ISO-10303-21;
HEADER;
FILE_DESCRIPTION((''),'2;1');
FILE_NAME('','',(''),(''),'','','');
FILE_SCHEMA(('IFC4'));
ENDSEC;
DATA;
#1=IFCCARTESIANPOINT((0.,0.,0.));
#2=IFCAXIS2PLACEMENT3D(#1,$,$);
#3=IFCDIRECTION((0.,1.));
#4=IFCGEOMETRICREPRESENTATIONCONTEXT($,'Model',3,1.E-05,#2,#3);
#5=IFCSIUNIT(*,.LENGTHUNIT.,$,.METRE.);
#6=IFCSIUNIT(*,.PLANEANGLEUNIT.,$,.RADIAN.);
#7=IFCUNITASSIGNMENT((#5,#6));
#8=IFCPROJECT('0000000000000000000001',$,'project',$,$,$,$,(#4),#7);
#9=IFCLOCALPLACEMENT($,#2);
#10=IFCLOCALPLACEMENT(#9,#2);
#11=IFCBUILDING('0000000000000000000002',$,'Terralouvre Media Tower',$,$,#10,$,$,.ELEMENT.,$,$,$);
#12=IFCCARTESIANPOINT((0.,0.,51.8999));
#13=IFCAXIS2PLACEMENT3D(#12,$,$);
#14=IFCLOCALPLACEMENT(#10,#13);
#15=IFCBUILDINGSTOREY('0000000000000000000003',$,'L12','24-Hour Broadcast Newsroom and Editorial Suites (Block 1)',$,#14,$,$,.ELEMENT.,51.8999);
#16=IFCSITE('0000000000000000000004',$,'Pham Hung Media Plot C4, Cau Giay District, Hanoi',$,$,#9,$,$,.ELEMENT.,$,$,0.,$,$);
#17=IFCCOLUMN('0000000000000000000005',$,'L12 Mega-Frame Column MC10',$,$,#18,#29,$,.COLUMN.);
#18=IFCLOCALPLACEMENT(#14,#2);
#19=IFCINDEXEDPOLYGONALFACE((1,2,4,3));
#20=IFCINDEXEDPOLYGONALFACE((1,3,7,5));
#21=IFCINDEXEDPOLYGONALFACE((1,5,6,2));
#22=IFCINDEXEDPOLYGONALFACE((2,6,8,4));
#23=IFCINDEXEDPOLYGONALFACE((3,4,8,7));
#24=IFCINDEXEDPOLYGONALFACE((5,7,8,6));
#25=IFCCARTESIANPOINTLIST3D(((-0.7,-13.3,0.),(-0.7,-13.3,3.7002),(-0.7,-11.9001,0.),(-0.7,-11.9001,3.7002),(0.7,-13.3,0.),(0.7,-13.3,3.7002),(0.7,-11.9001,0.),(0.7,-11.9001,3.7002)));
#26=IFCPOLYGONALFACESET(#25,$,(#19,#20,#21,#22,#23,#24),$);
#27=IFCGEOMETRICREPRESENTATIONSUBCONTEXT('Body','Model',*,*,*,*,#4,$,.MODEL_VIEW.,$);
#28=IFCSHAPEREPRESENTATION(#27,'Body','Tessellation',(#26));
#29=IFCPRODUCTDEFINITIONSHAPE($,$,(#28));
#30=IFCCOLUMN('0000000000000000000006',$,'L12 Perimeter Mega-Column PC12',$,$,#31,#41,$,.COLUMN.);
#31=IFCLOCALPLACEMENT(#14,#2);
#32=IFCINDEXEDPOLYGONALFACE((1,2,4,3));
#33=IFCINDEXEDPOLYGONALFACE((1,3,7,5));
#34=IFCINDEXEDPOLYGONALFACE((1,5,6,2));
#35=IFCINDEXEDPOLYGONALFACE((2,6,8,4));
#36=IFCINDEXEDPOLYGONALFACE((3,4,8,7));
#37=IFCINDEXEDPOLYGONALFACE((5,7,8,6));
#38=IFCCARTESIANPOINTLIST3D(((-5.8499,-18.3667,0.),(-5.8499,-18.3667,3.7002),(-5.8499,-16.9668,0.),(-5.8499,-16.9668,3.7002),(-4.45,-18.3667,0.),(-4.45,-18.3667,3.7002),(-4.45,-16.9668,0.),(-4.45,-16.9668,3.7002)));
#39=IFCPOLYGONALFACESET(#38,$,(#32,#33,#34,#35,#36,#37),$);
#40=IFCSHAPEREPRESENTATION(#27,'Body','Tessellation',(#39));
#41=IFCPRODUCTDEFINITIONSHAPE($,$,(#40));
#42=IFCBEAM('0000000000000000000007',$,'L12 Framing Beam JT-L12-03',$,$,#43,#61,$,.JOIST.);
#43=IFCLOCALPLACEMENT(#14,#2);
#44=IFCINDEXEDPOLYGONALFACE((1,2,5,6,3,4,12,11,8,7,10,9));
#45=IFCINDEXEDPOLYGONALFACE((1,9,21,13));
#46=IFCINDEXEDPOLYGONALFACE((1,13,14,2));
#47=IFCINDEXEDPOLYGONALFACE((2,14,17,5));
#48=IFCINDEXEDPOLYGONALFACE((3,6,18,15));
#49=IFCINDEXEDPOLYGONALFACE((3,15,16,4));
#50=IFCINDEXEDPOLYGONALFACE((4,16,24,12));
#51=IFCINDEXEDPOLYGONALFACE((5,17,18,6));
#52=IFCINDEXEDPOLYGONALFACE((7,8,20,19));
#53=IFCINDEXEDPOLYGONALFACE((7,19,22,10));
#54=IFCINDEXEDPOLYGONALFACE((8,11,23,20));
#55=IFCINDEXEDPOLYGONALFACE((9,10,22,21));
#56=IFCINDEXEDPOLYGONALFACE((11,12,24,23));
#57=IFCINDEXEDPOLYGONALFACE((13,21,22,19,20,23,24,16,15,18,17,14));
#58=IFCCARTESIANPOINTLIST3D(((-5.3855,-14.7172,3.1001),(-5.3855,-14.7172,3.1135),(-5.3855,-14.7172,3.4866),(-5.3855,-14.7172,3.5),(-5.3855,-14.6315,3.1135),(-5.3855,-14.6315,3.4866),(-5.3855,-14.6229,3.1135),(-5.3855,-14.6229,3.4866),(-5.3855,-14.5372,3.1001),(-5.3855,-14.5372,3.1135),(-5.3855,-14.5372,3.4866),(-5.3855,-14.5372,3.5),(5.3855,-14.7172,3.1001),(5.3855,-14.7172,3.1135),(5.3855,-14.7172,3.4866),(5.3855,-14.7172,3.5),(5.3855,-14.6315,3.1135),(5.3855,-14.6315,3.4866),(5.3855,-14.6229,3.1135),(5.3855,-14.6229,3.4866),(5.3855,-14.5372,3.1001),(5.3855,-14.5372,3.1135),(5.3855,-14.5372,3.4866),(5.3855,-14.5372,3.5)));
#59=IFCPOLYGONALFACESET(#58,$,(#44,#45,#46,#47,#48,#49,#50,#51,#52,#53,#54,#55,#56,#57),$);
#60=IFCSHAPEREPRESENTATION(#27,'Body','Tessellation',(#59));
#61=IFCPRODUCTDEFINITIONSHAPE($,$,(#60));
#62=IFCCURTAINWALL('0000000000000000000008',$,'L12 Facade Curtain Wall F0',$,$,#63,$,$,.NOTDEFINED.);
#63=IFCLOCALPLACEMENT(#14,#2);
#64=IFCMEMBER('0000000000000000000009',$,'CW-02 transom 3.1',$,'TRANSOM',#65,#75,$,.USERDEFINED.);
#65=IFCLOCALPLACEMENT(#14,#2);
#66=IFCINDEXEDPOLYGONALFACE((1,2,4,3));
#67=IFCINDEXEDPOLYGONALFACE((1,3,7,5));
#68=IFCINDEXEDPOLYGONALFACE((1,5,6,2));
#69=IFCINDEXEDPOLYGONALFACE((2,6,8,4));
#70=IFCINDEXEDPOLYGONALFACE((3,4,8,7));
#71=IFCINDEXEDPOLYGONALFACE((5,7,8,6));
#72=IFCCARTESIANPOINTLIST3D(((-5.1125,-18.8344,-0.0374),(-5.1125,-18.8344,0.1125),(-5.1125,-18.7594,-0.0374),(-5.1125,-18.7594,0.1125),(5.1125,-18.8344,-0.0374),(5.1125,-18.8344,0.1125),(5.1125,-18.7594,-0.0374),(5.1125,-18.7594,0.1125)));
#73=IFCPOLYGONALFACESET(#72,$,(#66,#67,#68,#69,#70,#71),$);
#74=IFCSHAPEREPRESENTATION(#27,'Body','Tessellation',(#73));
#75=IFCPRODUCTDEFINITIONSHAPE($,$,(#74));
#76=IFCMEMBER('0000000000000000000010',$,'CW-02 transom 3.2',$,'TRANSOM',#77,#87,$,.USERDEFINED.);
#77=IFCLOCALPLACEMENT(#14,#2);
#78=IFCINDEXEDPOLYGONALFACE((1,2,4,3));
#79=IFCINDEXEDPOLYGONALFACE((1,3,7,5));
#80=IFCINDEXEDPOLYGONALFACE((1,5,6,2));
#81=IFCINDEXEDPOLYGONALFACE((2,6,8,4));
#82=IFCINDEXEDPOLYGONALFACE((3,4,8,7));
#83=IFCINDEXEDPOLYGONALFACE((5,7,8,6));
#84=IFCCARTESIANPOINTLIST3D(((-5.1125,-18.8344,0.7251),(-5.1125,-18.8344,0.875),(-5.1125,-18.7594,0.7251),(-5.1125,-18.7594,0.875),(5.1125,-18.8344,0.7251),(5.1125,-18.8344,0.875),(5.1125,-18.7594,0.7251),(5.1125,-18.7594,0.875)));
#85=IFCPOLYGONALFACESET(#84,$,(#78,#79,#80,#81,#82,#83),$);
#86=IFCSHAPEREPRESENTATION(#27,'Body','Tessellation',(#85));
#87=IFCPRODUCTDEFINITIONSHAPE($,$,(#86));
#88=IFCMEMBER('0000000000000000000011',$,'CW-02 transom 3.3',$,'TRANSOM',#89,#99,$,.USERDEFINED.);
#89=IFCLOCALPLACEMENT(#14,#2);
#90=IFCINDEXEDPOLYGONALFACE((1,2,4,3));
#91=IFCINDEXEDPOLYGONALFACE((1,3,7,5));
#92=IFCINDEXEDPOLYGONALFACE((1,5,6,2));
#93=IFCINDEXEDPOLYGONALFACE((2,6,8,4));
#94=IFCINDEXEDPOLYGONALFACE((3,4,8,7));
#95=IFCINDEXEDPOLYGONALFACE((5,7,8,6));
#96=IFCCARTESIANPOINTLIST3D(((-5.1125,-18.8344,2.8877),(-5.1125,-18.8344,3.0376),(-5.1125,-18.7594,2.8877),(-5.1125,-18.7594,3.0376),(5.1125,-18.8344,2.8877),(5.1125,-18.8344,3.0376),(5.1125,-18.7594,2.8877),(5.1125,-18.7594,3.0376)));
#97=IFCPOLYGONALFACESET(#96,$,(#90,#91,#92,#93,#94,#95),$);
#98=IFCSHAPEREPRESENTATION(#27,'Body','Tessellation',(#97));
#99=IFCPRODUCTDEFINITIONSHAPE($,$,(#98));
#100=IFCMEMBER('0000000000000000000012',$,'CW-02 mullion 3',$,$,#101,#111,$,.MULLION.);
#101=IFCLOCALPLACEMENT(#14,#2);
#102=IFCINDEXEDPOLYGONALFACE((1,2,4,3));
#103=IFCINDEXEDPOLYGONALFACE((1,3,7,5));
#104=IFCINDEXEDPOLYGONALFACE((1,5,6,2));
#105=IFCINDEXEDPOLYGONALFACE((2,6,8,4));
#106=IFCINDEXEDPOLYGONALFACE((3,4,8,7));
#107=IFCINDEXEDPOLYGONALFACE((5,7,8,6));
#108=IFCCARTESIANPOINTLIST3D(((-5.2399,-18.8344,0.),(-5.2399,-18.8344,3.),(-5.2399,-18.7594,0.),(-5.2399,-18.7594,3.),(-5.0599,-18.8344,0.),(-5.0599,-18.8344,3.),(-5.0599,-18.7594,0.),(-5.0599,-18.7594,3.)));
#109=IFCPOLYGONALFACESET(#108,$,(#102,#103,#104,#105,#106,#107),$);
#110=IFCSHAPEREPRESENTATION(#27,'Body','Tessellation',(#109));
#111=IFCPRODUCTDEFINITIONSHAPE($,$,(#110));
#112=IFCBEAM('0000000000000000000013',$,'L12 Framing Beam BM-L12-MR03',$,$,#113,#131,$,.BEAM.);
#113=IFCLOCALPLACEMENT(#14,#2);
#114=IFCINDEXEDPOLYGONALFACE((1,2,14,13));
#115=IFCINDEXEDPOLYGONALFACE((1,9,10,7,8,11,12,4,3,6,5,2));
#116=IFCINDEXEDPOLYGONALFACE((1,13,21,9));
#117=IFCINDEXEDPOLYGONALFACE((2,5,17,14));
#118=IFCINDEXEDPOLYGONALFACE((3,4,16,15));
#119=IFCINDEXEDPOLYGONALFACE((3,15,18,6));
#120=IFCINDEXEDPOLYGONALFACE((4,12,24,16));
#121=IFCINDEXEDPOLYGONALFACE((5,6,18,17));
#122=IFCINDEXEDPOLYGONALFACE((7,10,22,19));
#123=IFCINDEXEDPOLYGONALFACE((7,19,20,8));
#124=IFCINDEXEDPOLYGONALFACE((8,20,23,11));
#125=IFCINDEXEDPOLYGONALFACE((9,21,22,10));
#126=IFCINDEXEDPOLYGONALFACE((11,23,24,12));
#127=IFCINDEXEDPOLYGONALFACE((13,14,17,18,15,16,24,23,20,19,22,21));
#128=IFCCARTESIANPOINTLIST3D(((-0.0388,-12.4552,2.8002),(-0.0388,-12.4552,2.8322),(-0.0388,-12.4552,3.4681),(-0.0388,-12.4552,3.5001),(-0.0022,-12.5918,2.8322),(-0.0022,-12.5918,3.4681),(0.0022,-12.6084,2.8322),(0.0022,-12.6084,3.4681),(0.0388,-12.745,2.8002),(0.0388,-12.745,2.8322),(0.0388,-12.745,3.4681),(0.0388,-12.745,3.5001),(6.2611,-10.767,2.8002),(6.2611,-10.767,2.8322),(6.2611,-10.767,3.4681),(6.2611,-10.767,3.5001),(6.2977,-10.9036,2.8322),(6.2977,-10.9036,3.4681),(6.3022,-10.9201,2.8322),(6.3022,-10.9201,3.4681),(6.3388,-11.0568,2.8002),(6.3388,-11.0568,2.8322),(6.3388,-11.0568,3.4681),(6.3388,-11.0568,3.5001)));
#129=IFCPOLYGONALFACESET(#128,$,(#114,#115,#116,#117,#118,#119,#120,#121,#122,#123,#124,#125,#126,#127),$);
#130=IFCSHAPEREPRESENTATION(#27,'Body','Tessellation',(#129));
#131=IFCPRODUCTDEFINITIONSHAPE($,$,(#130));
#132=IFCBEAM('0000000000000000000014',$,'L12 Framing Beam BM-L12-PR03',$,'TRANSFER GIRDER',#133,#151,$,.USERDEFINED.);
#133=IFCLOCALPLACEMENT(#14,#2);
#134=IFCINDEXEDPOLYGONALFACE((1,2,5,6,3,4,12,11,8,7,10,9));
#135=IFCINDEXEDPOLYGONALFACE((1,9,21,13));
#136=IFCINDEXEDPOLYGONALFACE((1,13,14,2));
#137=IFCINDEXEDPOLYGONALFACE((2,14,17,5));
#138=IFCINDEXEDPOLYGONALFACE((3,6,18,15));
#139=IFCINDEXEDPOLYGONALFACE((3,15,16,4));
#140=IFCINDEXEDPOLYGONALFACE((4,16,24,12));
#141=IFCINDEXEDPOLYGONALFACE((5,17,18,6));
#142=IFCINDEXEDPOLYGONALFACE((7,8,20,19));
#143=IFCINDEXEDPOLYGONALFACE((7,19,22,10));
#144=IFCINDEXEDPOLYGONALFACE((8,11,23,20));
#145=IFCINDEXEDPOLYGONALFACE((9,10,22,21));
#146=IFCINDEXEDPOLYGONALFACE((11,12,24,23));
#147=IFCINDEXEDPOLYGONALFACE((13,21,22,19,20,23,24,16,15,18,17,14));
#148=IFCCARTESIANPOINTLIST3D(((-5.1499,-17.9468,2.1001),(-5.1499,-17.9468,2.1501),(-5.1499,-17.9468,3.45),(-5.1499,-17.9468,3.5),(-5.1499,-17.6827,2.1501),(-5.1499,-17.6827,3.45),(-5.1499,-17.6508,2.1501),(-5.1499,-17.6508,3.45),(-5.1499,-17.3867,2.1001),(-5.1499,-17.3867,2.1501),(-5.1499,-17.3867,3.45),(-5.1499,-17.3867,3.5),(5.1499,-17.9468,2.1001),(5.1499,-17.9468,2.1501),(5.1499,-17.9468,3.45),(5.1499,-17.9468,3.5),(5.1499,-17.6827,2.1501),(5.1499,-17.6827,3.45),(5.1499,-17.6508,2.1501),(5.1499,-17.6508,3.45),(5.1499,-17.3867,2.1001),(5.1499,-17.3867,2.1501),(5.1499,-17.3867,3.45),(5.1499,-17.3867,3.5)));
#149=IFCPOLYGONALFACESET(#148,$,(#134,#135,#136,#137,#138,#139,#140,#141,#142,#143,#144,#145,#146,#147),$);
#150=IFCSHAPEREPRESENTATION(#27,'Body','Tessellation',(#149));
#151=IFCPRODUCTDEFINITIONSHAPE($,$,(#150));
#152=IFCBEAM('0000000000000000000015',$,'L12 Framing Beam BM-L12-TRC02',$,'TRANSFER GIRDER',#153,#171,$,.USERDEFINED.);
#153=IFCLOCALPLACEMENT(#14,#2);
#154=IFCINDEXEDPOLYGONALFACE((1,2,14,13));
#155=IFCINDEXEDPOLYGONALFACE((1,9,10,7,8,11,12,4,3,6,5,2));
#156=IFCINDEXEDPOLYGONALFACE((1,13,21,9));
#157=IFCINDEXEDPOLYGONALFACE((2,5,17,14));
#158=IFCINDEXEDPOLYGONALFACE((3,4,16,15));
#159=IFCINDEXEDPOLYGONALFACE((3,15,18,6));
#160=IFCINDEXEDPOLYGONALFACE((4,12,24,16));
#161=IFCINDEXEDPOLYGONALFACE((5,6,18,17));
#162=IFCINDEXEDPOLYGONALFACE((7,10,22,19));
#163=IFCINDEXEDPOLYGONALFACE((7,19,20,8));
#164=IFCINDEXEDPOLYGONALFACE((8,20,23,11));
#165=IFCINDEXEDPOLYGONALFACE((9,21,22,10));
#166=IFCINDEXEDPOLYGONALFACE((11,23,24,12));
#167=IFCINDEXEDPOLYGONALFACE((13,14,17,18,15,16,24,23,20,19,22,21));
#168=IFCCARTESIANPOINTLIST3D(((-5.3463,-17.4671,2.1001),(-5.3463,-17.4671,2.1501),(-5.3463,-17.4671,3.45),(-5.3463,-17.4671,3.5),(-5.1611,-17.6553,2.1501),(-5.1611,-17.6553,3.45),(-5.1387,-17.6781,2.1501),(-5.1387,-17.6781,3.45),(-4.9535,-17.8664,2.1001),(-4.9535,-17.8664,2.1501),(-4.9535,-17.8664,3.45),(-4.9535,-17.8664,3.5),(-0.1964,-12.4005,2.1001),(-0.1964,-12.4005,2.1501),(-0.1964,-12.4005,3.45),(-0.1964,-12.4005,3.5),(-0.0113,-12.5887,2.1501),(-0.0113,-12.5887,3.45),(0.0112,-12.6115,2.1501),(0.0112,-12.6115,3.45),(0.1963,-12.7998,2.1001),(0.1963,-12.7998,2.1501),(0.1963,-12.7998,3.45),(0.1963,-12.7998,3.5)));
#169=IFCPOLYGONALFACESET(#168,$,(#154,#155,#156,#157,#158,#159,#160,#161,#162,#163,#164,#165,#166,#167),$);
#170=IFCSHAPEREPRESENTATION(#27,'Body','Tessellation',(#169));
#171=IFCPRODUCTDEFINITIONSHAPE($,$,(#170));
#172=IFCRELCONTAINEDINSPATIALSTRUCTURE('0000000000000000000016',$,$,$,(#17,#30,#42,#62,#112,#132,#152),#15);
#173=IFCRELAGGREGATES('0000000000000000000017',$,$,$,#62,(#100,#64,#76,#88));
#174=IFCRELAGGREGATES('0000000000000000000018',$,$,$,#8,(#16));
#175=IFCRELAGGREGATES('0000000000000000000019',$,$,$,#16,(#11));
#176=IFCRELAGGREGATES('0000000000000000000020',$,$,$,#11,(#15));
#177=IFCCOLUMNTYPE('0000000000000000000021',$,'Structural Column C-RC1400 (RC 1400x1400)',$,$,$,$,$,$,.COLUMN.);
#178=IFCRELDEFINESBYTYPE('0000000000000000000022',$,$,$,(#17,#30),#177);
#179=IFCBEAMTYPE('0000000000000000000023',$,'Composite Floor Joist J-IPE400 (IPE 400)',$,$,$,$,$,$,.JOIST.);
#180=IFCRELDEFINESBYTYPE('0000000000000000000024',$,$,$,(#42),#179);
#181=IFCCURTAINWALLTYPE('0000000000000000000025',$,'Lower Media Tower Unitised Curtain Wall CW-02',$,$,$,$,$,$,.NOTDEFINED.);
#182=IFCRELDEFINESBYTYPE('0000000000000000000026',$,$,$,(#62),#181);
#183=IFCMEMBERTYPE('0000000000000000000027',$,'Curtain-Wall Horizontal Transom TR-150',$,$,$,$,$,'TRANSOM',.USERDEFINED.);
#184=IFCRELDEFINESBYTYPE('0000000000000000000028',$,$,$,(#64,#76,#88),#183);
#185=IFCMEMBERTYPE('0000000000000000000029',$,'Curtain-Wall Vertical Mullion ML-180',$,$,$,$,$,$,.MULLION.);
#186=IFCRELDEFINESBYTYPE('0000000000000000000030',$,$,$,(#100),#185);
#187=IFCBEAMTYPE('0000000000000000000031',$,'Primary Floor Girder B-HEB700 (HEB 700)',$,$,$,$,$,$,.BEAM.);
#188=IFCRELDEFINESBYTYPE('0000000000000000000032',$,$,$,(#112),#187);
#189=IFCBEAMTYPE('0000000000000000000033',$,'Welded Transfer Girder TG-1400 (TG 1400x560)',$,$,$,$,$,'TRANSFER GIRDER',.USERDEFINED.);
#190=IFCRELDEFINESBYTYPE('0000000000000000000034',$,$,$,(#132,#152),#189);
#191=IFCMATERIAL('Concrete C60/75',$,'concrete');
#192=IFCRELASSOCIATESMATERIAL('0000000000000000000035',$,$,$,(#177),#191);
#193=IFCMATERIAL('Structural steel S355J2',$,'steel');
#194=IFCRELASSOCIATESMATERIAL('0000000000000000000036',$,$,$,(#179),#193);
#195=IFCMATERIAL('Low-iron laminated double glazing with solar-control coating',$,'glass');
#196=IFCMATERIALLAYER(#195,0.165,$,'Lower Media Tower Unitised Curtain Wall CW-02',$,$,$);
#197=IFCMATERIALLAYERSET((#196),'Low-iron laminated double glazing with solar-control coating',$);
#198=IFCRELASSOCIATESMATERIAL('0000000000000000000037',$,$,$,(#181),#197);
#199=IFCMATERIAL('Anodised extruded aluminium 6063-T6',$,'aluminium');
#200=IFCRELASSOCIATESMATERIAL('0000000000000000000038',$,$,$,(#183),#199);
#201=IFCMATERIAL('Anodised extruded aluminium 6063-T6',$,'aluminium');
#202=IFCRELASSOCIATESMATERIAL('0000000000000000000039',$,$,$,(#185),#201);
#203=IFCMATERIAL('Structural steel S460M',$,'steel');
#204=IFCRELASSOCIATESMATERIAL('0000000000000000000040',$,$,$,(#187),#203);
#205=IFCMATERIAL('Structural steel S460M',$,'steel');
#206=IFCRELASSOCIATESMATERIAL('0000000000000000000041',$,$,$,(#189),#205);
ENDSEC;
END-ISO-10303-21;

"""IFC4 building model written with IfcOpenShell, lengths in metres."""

from ifc_helpers import new_model, si_unit, direction, frame, origin, origin_2d, place, context, subcontext, project, spatial, rectangle, i_section, extrude, material, layer, layer_set, material_profile, profile_set, type_object, element, aggregate, save


model = new_model("IFC4")

# Units and contexts
model_context = context("Model", 3, precision=1e-05, world=origin(), true_north=direction((0.0, 1.0)))
body_context = subcontext(model_context, "Body", "Model", "MODEL_VIEW")
ifc_project = project(units=[si_unit("LENGTHUNIT", "METRE"), si_unit("PLANEANGLEUNIT", "RADIAN")], contexts=[model_context])

# Site, building, storey
site_placement = place(None, origin())
site = spatial("IfcSite", under=ifc_project, at=site_placement, Name="Pham Hung Media Plot C4, Cau Giay District, Hanoi", CompositionType="ELEMENT", RefElevation=0.0)
building_placement = place(site_placement, origin())
building = spatial("IfcBuilding", under=site, at=building_placement, Name="Terralouvre Media Tower", CompositionType="ELEMENT")
storey_placement = place(building_placement, frame((0.0, 0.0, 51.8999)))
storey = spatial("IfcBuildingStorey", under=building, at=storey_placement, Name="L12", Description="24-Hour Broadcast Newsroom and Editorial Suites (Block 1)", CompositionType="ELEMENT", Elevation=51.8999)

# Columns
ifc_material_1 = material(Name="Concrete C60/75", Category="concrete")
ifc_material_profile_1 = material_profile(ifc_material_1, rectangle(XDim=1.3999, YDim=1.3999, at=origin_2d()), Name="RC 1400x1400")
ifc_profile_set_1 = profile_set([ifc_material_profile_1], Name="Concrete C60/75")
column_type = type_object("IfcColumnType", Name="Structural Column C-RC1400 (RC 1400x1400)", PredefinedType="COLUMN", material=ifc_profile_set_1)
for number, where, z_axis, x_axis, name in (
    (1, (0.0, -12.6001, 0.0), (0.0, 0.0, 1.0), (1.0, 0.0, 0.0), "L12 Mega-Frame Column MC10"),
    (2, (-5.1499, -17.6667, 0.0), (0.0, 0.0, 1.0), (1.0, 0.0, 0.0), "L12 Perimeter Mega-Column PC12"),
):
    element("IfcColumn", number, at=place(storey_placement, frame(where, z_axis=z_axis, x_axis=x_axis)), inside=storey, type_object=column_type, Name=name, PredefinedType="COLUMN", context=body_context, shape_type="SweptSolid", body=[
        extrude(rectangle(XDim=1.3999, YDim=1.3999, at=origin_2d()), origin(), (0.0, 0.0, 1.0), 3.7002),
    ])

# Beam
ifc_material_2 = material(Name="Structural steel S355J2", Category="steel")
ifc_material_profile_2 = material_profile(ifc_material_2, i_section(OverallWidth=0.1799, OverallDepth=0.3999, WebThickness=0.0085, FlangeThickness=0.0134, at=origin_2d()), Name="IPE 400")
ifc_profile_set_2 = profile_set([ifc_material_profile_2], Name="Structural steel S355J2")
beam_type_1 = type_object("IfcBeamType", Name="Composite Floor Joist J-IPE400 (IPE 400)", PredefinedType="JOIST", material=ifc_profile_set_2)
beam_1_placement = place(storey_placement, frame((-5.3855, -14.6272, 3.3), z_axis=(1.0, 0.0, 0.0), x_axis=(0.0, 1.0, 0.0)))
element("IfcBeam", 3, at=beam_1_placement, inside=storey, type_object=beam_type_1, Name="L12 Framing Beam JT-L12-03", PredefinedType="JOIST", context=body_context, shape_type="SweptSolid", body=[
    extrude(i_section(OverallWidth=0.1799, OverallDepth=0.3999, WebThickness=0.0085, FlangeThickness=0.0134, at=origin_2d()), origin(), (0.0, 0.0, 1.0), 10.771),
])

# Curtain wall, members
ifc_material_3 = material(Name="Low-iron laminated double glazing with solar-control coating", Category="glass")
ifc_layer_1 = layer(ifc_material_3, 0.165, Name="Lower Media Tower Unitised Curtain Wall CW-02")
ifc_layer_set_1 = layer_set([ifc_layer_1], Name="Low-iron laminated double glazing with solar-control coating")
curtain_wall_type = type_object("IfcCurtainWallType", Name="Lower Media Tower Unitised Curtain Wall CW-02", PredefinedType="NOTDEFINED", material=ifc_layer_set_1)
curtain_wall_placement = place(storey_placement, origin())
curtain_wall = element("IfcCurtainWall", 4, at=curtain_wall_placement, inside=storey, type_object=curtain_wall_type, Name="L12 Facade Curtain Wall F0", PredefinedType="NOTDEFINED")
ifc_material_4 = material(Name="Anodised extruded aluminium 6063-T6", Category="aluminium")
ifc_material_profile_3 = material_profile(ifc_material_4, rectangle(XDim=0.075, YDim=0.1499, at=origin_2d()), Name="ALU 75x150")
ifc_profile_set_3 = profile_set([ifc_material_profile_3], Name="Anodised extruded aluminium 6063-T6")
member_type_1 = type_object("IfcMemberType", Name="Curtain-Wall Horizontal Transom TR-150", ElementType="TRANSOM", PredefinedType="USERDEFINED", material=ifc_profile_set_3)
member_1_placement = place(storey_placement, frame((-5.1125, -18.7969, 0.0376), z_axis=(1.0, 0.0, 0.0), x_axis=(0.0, 1.0, 0.0)))
member_1 = element("IfcMember", 5, at=member_1_placement, type_object=member_type_1, Name="CW-02 transom 3.1", ObjectType="TRANSOM", PredefinedType="USERDEFINED", context=body_context, shape_type="SweptSolid", body=[
    extrude(rectangle(XDim=0.075, YDim=0.1499, at=origin_2d()), origin(), (0.0, 0.0, 1.0), 10.2251),
])
member_2_placement = place(storey_placement, frame((-5.1125, -18.7969, 0.8), z_axis=(1.0, 0.0, 0.0), x_axis=(0.0, 1.0, 0.0)))
member_2 = element("IfcMember", 6, at=member_2_placement, type_object=member_type_1, Name="CW-02 transom 3.2", ObjectType="TRANSOM", PredefinedType="USERDEFINED", context=body_context, shape_type="SweptSolid", body=[
    extrude(rectangle(XDim=0.075, YDim=0.1499, at=origin_2d()), origin(), (0.0, 0.0, 1.0), 10.2251),
])
member_3_placement = place(storey_placement, frame((-5.1125, -18.7969, 2.9626), z_axis=(1.0, 0.0, 0.0), x_axis=(0.0, 1.0, 0.0)))
member_3 = element("IfcMember", 7, at=member_3_placement, type_object=member_type_1, Name="CW-02 transom 3.3", ObjectType="TRANSOM", PredefinedType="USERDEFINED", context=body_context, shape_type="SweptSolid", body=[
    extrude(rectangle(XDim=0.075, YDim=0.1499, at=origin_2d()), origin(), (0.0, 0.0, 1.0), 10.2251),
])
ifc_material_5 = material(Name="Anodised extruded aluminium 6063-T6", Category="aluminium")
ifc_material_profile_4 = material_profile(ifc_material_5, rectangle(XDim=0.075, YDim=0.1799, at=origin_2d()), Name="ALU 75x180")
ifc_profile_set_4 = profile_set([ifc_material_profile_4], Name="Anodised extruded aluminium 6063-T6")
member_type_2 = type_object("IfcMemberType", Name="Curtain-Wall Vertical Mullion ML-180", PredefinedType="MULLION", material=ifc_profile_set_4)
member_4_placement = place(storey_placement, frame((-5.1499, -18.7969, 0.0), z_axis=(0.0, 0.0, 1.0), x_axis=(0.0, 1.0, 0.0)))
member_4 = element("IfcMember", 8, at=member_4_placement, type_object=member_type_2, Name="CW-02 mullion 3", PredefinedType="MULLION", context=body_context, shape_type="SweptSolid", body=[
    extrude(rectangle(XDim=0.075, YDim=0.1799, at=origin_2d()), origin(), (0.0, 0.0, 1.0), 3.0),
])

# Beams
ifc_material_6 = material(Name="Structural steel S460M", Category="steel")
ifc_material_profile_5 = material_profile(ifc_material_6, i_section(OverallWidth=0.3, OverallDepth=0.7, WebThickness=0.0171, FlangeThickness=0.032, at=origin_2d()), Name="HEB 700")
ifc_profile_set_5 = profile_set([ifc_material_profile_5], Name="Structural steel S460M")
beam_type_2 = type_object("IfcBeamType", Name="Primary Floor Girder B-HEB700 (HEB 700)", PredefinedType="BEAM", material=ifc_profile_set_5)
beam_2_placement = place(storey_placement, frame((0.0, -12.6001, 3.1501), z_axis=(0.96592, 0.258839, 0.0), x_axis=(-0.258839, 0.96592, 0.0)))
element("IfcBeam", 9, at=beam_2_placement, inside=storey, type_object=beam_type_2, Name="L12 Framing Beam BM-L12-MR03", PredefinedType="BEAM", context=body_context, shape_type="SweptSolid", body=[
    extrude(i_section(OverallWidth=0.3, OverallDepth=0.7, WebThickness=0.0171, FlangeThickness=0.032, at=origin_2d()), origin(), (0.0, 0.0, 1.0), 6.5222),
])
ifc_material_7 = material(Name="Structural steel S460M", Category="steel")
ifc_material_profile_6 = material_profile(ifc_material_7, i_section(OverallWidth=0.5601, OverallDepth=1.3999, WebThickness=0.032, FlangeThickness=0.05, at=origin_2d()), Name="TG 1400x560")
ifc_profile_set_6 = profile_set([ifc_material_profile_6], Name="Structural steel S460M")
beam_type_3 = type_object("IfcBeamType", Name="Welded Transfer Girder TG-1400 (TG 1400x560)", ElementType="TRANSFER GIRDER", PredefinedType="USERDEFINED", material=ifc_profile_set_6)
beam_3_placement = place(storey_placement, frame((-5.1499, -17.6667, 2.8), z_axis=(1.0, 0.0, 0.0), x_axis=(0.0, 1.0, 0.0)))
element("IfcBeam", 10, at=beam_3_placement, inside=storey, type_object=beam_type_3, Name="L12 Framing Beam BM-L12-PR03", ObjectType="TRANSFER GIRDER", PredefinedType="USERDEFINED", context=body_context, shape_type="SweptSolid", body=[
    extrude(i_section(OverallWidth=0.5601, OverallDepth=1.3999, WebThickness=0.032, FlangeThickness=0.05, at=origin_2d()), origin(), (0.0, 0.0, 1.0), 10.2998),
])
beam_4_placement = place(storey_placement, frame((-5.1499, -17.6667, 2.8), z_axis=(0.712845, 0.701321, 0.0), x_axis=(-0.701321, 0.712845, 0.0)))
element("IfcBeam", 11, at=beam_4_placement, inside=storey, type_object=beam_type_3, Name="L12 Framing Beam BM-L12-TRC02", ObjectType="TRANSFER GIRDER", PredefinedType="USERDEFINED", context=body_context, shape_type="SweptSolid", body=[
    extrude(i_section(OverallWidth=0.5601, OverallDepth=1.3999, WebThickness=0.032, FlangeThickness=0.05, at=origin_2d()), origin(), (0.0, 0.0, 1.0), 7.2244),
])

aggregate(curtain_wall, [member_4, member_1, member_2, member_3])

save(model, "model.ifc")
